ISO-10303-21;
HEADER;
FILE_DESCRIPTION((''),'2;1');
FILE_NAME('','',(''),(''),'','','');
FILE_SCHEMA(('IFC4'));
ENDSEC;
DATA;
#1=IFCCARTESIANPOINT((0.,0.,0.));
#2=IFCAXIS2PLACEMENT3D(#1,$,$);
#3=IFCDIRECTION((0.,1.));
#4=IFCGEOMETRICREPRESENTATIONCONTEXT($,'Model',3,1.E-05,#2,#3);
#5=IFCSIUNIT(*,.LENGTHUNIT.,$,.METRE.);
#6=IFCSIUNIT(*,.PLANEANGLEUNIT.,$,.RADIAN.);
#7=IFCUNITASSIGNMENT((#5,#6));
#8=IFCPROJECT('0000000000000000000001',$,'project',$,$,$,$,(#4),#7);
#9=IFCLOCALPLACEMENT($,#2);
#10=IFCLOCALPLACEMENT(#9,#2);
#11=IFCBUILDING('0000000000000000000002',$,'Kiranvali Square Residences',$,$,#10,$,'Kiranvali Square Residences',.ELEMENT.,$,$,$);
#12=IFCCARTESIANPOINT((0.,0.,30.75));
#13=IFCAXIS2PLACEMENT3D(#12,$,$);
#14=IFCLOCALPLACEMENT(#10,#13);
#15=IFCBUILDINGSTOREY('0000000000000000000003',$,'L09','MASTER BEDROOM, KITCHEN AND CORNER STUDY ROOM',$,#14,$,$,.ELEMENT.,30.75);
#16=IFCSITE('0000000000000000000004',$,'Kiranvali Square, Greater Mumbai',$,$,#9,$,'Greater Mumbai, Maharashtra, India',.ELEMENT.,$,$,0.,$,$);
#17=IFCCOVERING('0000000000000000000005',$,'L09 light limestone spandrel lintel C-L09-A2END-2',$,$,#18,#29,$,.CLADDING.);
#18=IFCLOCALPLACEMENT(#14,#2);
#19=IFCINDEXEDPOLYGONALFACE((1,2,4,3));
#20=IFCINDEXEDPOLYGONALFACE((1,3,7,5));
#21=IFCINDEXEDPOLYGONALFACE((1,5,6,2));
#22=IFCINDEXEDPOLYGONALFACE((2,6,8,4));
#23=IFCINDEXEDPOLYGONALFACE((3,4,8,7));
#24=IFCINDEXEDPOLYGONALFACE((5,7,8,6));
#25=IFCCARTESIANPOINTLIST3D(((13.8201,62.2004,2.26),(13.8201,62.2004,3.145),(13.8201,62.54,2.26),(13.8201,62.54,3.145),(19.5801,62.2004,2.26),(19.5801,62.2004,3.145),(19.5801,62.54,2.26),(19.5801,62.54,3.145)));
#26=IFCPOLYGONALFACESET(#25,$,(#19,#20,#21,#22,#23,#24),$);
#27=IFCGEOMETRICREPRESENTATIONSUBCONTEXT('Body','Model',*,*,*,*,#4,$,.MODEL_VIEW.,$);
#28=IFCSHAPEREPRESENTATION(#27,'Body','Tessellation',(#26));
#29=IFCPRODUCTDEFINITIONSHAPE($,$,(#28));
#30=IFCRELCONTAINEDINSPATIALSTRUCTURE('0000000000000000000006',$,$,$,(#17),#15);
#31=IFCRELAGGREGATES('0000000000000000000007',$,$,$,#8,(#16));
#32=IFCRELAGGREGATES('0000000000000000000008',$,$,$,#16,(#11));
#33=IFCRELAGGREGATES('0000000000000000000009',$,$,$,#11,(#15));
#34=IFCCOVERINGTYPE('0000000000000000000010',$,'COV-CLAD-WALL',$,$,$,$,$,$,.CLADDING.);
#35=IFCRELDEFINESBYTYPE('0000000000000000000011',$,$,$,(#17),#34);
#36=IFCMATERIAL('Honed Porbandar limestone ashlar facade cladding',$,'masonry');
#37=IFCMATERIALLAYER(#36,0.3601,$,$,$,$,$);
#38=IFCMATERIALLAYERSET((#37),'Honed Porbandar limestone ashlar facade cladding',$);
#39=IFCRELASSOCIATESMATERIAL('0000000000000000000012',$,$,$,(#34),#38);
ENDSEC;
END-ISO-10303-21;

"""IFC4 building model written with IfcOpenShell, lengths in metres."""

from ifc_helpers import new_model, si_unit, direction, frame, origin, place, context, subcontext, project, spatial, polyline, outline, extrude, material, layer, layer_set, type_object, element, save


model = new_model("IFC4")

# Units and contexts
model_context = context("Model", 3, precision=1e-05, world=origin(), true_north=direction((0.0, 1.0)))
body_context = subcontext(model_context, "Body", "Model", "MODEL_VIEW")
ifc_project = project(units=[si_unit("LENGTHUNIT", "METRE"), si_unit("PLANEANGLEUNIT", "RADIAN")], contexts=[model_context])

# Site, building, storey
site_placement = place(None, origin())
site = spatial("IfcSite", under=ifc_project, at=site_placement, Name="Kiranvali Square, Greater Mumbai", LongName="Greater Mumbai, Maharashtra, India", CompositionType="ELEMENT", RefElevation=0.0)
building_placement = place(site_placement, origin())
building = spatial("IfcBuilding", under=site, at=building_placement, Name="Kiranvali Square Residences", LongName="Kiranvali Square Residences", CompositionType="ELEMENT")
storey_placement = place(building_placement, frame((0.0, 0.0, 30.75)))
storey = spatial("IfcBuildingStorey", under=building, at=storey_placement, Name="L09", Description="MASTER BEDROOM, KITCHEN AND CORNER STUDY ROOM", CompositionType="ELEMENT", Elevation=30.75)

# Covering
ifc_material = material(Name="Honed Porbandar limestone ashlar facade cladding", Category="masonry")
ifc_layer = layer(ifc_material, 0.3601)
ifc_layer_set = layer_set([ifc_layer], Name="Honed Porbandar limestone ashlar facade cladding")
covering_type = type_object("IfcCoveringType", Name="COV-CLAD-WALL", PredefinedType="CLADDING", material=ifc_layer_set)
covering_1_placement = place(storey_placement, frame((0.0, 0.0, 2.26)))
element("IfcCovering", 1, at=covering_1_placement, inside=storey, type_object=covering_type, Name="L09 light limestone spandrel lintel C-L09-A2END-2", PredefinedType="CLADDING", context=body_context, shape_type="SweptSolid", body=[
    extrude(outline(polyline([(19.5801, 62.54), (13.8201, 62.54), (13.8201, 62.2004), (19.5801, 62.2004), (19.5801, 62.54)])), origin(), (0.0, 0.0, 1.0), 0.885),
])

save(model, "model.ifc")
